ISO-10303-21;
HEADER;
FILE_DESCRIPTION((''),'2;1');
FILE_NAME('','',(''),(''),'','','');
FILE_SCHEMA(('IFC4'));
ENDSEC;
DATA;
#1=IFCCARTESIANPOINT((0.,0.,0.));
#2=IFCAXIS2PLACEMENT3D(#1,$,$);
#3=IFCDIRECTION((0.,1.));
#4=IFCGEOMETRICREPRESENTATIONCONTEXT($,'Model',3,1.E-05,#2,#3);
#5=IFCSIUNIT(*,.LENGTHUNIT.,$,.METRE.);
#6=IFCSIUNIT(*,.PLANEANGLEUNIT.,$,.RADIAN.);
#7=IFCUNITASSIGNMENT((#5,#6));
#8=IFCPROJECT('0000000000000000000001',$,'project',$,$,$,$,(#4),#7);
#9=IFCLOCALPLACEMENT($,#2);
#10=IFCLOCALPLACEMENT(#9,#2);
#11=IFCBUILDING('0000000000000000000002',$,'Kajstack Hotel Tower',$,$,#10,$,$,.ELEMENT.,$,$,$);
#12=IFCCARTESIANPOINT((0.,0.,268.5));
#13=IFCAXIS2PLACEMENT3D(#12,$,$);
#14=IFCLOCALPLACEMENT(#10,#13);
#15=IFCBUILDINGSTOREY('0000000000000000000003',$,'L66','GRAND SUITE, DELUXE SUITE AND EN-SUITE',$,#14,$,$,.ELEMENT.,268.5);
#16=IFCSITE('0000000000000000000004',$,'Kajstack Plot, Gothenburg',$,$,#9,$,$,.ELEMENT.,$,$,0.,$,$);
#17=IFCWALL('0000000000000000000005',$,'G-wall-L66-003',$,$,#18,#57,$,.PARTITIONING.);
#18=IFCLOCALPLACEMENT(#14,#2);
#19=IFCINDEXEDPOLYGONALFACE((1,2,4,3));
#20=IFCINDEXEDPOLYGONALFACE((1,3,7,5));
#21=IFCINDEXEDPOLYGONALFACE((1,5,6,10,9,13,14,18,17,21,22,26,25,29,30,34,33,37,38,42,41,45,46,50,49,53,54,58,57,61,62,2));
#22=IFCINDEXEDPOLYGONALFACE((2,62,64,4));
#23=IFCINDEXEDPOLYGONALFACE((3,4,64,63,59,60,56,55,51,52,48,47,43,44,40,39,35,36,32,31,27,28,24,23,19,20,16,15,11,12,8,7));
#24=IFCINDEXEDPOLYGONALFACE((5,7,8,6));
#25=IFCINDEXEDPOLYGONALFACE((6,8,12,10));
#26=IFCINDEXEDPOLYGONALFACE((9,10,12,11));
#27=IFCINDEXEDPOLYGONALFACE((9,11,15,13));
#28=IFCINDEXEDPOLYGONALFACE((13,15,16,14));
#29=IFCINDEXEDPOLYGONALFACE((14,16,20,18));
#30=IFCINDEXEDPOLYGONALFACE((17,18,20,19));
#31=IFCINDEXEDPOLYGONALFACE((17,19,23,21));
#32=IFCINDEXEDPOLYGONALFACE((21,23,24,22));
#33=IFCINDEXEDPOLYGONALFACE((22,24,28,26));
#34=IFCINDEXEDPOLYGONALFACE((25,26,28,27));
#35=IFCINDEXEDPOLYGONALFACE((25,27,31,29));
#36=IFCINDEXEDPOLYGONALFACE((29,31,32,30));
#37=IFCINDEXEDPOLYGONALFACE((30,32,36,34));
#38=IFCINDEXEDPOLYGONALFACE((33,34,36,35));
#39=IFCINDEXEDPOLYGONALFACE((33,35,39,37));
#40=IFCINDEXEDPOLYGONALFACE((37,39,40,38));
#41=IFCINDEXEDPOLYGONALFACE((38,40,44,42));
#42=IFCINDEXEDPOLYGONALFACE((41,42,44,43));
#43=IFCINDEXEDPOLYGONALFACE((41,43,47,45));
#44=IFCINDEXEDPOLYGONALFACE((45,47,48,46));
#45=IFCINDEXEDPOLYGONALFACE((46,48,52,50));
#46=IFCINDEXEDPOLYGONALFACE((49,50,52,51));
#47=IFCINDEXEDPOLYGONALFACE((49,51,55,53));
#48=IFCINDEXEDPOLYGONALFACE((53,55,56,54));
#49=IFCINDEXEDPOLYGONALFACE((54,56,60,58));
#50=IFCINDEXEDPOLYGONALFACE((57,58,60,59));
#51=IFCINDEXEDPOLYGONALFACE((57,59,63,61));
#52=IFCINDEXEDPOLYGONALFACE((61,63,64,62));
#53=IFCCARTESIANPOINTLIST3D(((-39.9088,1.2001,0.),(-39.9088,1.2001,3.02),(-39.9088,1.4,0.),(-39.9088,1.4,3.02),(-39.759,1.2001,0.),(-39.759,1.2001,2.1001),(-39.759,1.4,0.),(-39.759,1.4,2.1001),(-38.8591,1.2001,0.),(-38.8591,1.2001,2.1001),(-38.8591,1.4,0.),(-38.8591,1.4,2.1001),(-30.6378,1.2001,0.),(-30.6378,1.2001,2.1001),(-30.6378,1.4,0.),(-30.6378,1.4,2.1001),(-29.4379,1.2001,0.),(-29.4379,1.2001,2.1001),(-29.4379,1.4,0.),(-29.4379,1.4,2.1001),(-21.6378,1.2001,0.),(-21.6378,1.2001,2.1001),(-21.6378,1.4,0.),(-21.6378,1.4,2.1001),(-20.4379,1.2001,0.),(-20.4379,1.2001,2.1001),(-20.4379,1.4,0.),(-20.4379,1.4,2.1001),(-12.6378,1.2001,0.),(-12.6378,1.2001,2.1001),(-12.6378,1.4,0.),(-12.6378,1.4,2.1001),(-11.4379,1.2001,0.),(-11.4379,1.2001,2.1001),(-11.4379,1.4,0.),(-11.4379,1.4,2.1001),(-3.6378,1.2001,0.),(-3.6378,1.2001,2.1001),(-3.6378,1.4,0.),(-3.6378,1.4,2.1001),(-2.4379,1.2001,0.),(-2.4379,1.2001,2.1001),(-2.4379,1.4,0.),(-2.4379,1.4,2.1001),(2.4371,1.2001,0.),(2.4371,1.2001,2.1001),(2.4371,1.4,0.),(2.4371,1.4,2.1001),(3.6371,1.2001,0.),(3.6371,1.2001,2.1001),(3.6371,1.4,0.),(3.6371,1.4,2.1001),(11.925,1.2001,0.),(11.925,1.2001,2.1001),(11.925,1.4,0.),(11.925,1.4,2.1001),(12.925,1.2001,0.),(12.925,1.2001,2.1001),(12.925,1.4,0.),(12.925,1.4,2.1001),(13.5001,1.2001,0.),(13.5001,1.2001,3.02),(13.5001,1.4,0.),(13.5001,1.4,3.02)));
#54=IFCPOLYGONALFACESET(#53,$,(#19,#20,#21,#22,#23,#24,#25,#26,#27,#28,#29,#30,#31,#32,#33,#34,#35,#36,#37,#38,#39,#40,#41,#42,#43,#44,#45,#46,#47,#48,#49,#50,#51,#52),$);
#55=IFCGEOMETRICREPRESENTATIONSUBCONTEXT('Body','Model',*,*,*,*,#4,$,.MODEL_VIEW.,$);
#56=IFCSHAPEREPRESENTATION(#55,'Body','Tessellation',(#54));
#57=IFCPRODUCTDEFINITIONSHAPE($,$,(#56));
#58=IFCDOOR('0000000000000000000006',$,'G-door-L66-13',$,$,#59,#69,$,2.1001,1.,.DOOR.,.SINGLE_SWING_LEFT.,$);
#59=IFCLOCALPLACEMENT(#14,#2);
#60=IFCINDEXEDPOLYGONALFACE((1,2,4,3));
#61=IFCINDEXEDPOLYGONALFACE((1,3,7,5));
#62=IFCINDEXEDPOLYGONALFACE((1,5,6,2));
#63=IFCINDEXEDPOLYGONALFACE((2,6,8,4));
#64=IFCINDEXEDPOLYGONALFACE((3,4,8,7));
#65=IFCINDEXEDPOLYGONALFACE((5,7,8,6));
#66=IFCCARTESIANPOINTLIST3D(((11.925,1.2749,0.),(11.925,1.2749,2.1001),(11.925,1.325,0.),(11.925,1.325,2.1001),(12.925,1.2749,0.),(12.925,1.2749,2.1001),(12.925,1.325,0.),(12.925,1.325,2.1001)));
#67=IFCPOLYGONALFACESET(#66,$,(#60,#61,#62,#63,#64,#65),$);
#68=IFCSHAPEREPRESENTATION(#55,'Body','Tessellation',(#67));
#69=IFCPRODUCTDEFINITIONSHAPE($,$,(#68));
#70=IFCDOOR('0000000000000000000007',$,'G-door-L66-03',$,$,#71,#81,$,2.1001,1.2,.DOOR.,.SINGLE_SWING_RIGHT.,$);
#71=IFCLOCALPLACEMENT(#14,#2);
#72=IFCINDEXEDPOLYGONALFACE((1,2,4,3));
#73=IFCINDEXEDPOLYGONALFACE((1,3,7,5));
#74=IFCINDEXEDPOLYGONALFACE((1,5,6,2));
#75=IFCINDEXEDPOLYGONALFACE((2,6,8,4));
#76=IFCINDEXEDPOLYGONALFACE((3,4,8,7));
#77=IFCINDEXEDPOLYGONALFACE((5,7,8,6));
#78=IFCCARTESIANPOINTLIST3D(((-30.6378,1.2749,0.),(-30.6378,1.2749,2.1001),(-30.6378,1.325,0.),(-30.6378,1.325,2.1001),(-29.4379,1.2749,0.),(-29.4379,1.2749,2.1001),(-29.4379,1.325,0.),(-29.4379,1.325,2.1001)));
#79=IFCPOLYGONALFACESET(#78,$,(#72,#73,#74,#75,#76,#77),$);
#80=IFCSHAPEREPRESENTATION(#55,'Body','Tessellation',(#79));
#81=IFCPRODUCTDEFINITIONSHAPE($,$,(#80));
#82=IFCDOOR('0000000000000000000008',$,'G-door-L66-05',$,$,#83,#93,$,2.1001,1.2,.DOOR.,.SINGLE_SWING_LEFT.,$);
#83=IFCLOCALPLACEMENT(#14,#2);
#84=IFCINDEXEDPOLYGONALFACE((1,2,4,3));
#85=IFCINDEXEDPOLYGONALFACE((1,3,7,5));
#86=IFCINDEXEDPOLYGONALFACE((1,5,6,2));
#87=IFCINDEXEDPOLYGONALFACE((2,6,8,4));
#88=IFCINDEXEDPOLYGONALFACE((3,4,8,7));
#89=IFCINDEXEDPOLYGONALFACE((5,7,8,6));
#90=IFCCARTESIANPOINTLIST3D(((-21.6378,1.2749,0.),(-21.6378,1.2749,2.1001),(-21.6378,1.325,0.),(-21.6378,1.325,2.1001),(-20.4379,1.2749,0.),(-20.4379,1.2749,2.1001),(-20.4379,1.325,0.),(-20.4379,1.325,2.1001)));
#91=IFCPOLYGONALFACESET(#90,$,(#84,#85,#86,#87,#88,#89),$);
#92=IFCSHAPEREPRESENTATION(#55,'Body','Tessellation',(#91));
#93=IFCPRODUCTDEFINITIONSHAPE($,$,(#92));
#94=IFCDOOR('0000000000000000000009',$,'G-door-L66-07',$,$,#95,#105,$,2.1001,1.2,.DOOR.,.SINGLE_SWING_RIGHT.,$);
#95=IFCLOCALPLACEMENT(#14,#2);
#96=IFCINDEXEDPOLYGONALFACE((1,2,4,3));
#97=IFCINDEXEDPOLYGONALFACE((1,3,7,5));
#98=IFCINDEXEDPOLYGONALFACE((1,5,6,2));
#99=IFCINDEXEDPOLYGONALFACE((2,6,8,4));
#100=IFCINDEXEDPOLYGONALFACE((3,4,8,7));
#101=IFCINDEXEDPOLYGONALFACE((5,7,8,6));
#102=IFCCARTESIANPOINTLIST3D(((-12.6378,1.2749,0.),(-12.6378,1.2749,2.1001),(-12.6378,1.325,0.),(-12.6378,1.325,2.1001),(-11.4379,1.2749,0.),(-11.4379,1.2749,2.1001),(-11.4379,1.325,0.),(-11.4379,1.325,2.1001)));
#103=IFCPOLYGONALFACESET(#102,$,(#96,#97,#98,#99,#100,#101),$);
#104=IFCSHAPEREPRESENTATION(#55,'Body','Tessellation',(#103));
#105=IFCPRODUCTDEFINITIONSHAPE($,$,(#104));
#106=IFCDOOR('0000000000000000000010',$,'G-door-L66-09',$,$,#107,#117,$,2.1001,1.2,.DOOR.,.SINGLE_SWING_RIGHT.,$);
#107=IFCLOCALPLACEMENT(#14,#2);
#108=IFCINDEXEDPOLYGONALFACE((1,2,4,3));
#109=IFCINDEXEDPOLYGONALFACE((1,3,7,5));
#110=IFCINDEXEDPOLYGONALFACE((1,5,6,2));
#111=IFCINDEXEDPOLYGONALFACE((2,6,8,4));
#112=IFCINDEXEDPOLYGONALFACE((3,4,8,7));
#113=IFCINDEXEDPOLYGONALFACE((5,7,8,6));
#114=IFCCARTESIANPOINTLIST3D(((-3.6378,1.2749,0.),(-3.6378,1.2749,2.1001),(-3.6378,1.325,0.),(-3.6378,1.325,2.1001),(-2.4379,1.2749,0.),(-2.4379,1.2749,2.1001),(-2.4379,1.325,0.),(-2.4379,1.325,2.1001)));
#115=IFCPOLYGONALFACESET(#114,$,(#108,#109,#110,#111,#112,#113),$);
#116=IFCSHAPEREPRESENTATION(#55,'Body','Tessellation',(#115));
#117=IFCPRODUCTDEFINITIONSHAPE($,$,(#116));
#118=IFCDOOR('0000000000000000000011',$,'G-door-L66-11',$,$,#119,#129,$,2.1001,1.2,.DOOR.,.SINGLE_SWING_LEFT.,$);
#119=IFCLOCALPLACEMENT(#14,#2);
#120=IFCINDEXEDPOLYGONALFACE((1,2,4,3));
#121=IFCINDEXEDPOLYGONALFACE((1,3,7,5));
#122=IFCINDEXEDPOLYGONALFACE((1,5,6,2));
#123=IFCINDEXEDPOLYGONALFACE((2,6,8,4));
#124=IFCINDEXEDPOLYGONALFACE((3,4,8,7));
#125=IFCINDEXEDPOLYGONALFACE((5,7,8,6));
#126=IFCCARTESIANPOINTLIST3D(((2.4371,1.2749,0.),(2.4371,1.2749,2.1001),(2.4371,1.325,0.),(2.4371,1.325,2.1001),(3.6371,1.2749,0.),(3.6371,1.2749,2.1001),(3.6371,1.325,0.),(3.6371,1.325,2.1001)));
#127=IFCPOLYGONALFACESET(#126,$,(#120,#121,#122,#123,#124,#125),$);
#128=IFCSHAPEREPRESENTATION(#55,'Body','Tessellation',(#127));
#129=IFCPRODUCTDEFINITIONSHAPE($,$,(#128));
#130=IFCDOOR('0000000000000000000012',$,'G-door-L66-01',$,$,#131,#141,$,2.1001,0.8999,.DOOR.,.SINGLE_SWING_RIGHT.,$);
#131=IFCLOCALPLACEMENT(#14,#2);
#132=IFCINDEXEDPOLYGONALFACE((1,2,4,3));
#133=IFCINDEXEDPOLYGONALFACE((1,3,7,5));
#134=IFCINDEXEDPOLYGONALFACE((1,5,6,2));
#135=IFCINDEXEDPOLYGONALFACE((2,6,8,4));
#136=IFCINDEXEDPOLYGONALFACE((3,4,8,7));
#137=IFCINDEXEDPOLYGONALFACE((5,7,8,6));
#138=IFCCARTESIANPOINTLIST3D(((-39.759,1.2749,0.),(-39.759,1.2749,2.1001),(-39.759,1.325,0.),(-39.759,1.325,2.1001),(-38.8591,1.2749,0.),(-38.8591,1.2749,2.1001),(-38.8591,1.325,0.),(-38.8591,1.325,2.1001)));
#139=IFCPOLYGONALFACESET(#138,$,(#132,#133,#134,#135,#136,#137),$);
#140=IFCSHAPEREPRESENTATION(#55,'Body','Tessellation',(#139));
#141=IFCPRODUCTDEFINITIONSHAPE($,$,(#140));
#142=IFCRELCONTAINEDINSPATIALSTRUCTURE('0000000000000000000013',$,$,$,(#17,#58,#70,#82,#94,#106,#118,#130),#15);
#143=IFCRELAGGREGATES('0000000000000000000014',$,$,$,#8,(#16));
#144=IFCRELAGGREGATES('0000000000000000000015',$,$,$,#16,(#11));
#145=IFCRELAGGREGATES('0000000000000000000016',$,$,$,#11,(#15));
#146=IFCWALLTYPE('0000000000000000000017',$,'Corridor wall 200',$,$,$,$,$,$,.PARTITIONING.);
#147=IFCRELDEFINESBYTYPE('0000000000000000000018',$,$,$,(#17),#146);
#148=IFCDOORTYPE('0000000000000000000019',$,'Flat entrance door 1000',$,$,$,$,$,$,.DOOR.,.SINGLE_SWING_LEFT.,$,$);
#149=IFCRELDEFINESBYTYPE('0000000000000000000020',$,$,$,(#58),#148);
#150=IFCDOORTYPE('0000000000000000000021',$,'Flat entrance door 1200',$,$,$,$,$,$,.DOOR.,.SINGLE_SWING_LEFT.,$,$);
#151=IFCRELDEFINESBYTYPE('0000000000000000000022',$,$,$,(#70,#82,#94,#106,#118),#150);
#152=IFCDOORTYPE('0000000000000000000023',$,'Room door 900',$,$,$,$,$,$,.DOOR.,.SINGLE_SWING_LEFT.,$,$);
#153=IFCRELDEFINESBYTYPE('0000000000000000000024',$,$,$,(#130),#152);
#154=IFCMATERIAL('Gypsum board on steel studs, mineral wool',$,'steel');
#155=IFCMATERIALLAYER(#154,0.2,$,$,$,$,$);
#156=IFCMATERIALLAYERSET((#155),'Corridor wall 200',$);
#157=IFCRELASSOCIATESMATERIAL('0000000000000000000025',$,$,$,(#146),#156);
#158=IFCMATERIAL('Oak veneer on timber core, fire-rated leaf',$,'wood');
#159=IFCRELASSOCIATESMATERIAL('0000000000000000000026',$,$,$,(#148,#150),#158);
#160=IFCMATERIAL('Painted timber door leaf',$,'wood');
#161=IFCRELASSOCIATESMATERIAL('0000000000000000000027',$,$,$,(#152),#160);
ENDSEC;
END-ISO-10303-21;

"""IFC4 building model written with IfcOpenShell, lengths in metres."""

from ifc_helpers import new_model, si_unit, direction, frame, frame_2d, origin, place, context, subcontext, project, spatial, rectangle, extrude, material, layer, layer_set, type_object, element, fill, save


model = new_model("IFC4")

# Units and contexts
model_context = context("Model", 3, precision=1e-05, world=origin(), true_north=direction((0.0, 1.0)))
body_context = subcontext(model_context, "Body", "Model", "MODEL_VIEW")
ifc_project = project(units=[si_unit("LENGTHUNIT", "METRE"), si_unit("PLANEANGLEUNIT", "RADIAN")], contexts=[model_context])

# Site, building, storey
site_placement = place(None, origin())
site = spatial("IfcSite", under=ifc_project, at=site_placement, Name="Kajstack Plot, Gothenburg", CompositionType="ELEMENT", RefElevation=0.0)
building_placement = place(site_placement, origin())
building = spatial("IfcBuilding", under=site, at=building_placement, Name="Kajstack Hotel Tower", CompositionType="ELEMENT")
storey_placement = place(building_placement, frame((0.0, 0.0, 268.5)))
storey = spatial("IfcBuildingStorey", under=building, at=storey_placement, Name="L66", Description="GRAND SUITE, DELUXE SUITE AND EN-SUITE", CompositionType="ELEMENT", Elevation=268.5)

# Wall, openings, doors
ifc_material_1 = material(Name="Gypsum board on steel studs, mineral wool", Category="steel")
ifc_layer_1 = layer(ifc_material_1, 0.2)
ifc_layer_set_1 = layer_set([ifc_layer_1], Name="Corridor wall 200")
wall_type_1 = type_object("IfcWallType", Name="Corridor wall 200", PredefinedType="PARTITIONING", material=ifc_layer_set_1)
wall_1_placement = place(storey_placement, frame((-39.9089, 1.3, 0.0), z_axis=(0.0, 0.0, 1.0), x_axis=(1.0, 0.0, 0.0)))
wall_1 = element("IfcWall", 1, at=wall_1_placement, inside=storey, type_object=wall_type_1, Name="G-wall-L66-003", PredefinedType="PARTITIONING", context=body_context, shape_type="SweptSolid", body=[
    extrude(rectangle(XDim=53.4089, YDim=0.2, at=frame_2d((26.7046, 0.0))), origin(), (0.0, 0.0, 1.0), 3.02),
])
opening_1_placement = place(wall_1_placement, frame((0.1499, 0.0, 0.0)))
opening_1 = element("IfcOpeningElement", 2, at=opening_1_placement, cuts=wall_1, PredefinedType="OPENING", context=body_context, shape_type="SweptSolid", body=[
    extrude(rectangle(XDim=0.8999, YDim=2.1001, at=frame_2d((0.45, 1.05))), frame((0.0, 0.1099, 0.0), z_axis=(0.0, -1.0, 0.0), x_axis=(1.0, 0.0, 0.0)), (0.0, 0.0, 1.0), 0.22),
])
opening_2_placement = place(wall_1_placement, frame((9.271, 0.0, 0.0)))
opening_2 = element("IfcOpeningElement", 3, at=opening_2_placement, cuts=wall_1, PredefinedType="OPENING", context=body_context, shape_type="SweptSolid", body=[
    extrude(rectangle(XDim=1.2, YDim=2.1001, at=frame_2d((0.6001, 1.05))), frame((0.0, 0.1099, 0.0), z_axis=(0.0, -1.0, 0.0), x_axis=(1.0, 0.0, 0.0)), (0.0, 0.0, 1.0), 0.22),
])
opening_3_placement = place(wall_1_placement, frame((18.271, 0.0, 0.0)))
opening_3 = element("IfcOpeningElement", 4, at=opening_3_placement, cuts=wall_1, PredefinedType="OPENING", context=body_context, shape_type="SweptSolid", body=[
    extrude(rectangle(XDim=1.2, YDim=2.1001, at=frame_2d((0.6001, 1.05))), frame((0.0, 0.1099, 0.0), z_axis=(0.0, -1.0, 0.0), x_axis=(1.0, 0.0, 0.0)), (0.0, 0.0, 1.0), 0.22),
])
opening_4_placement = place(wall_1_placement, frame((27.271, 0.0, 0.0)))
opening_4 = element("IfcOpeningElement", 5, at=opening_4_placement, cuts=wall_1, PredefinedType="OPENING", context=body_context, shape_type="SweptSolid", body=[
    extrude(rectangle(XDim=1.2, YDim=2.1001, at=frame_2d((0.6001, 1.05))), frame((0.0, 0.1099, 0.0), z_axis=(0.0, -1.0, 0.0), x_axis=(1.0, 0.0, 0.0)), (0.0, 0.0, 1.0), 0.22),
])
opening_5_placement = place(wall_1_placement, frame((36.271, 0.0, 0.0)))
opening_5 = element("IfcOpeningElement", 6, at=opening_5_placement, cuts=wall_1, PredefinedType="OPENING", context=body_context, shape_type="SweptSolid", body=[
    extrude(rectangle(XDim=1.2, YDim=2.1001, at=frame_2d((0.6001, 1.05))), frame((0.0, 0.1099, 0.0), z_axis=(0.0, -1.0, 0.0), x_axis=(1.0, 0.0, 0.0)), (0.0, 0.0, 1.0), 0.22),
])
opening_6_placement = place(wall_1_placement, frame((42.3459, 0.0, 0.0)))
opening_6 = element("IfcOpeningElement", 7, at=opening_6_placement, cuts=wall_1, PredefinedType="OPENING", context=body_context, shape_type="SweptSolid", body=[
    extrude(rectangle(XDim=1.2, YDim=2.1001, at=frame_2d((0.6001, 1.05))), frame((0.0, 0.1099, 0.0), z_axis=(0.0, -1.0, 0.0), x_axis=(1.0, 0.0, 0.0)), (0.0, 0.0, 1.0), 0.22),
])
opening_7_placement = place(wall_1_placement, frame((51.834, 0.0, 0.0)))
opening_7 = element("IfcOpeningElement", 8, at=opening_7_placement, cuts=wall_1, PredefinedType="OPENING", context=body_context, shape_type="SweptSolid", body=[
    extrude(rectangle(XDim=1.0, YDim=2.1001, at=frame_2d((0.5, 1.05))), frame((0.0, 0.1099, 0.0), z_axis=(0.0, -1.0, 0.0), x_axis=(1.0, 0.0, 0.0)), (0.0, 0.0, 1.0), 0.22),
])
ifc_material_2 = material(Name="Oak veneer on timber core, fire-rated leaf", Category="wood")
door_type_1 = type_object("IfcDoorType", Name="Flat entrance door 1000", OperationType="SINGLE_SWING_LEFT", PredefinedType="DOOR", material=ifc_material_2)
door_1_placement = place(opening_7_placement, origin())
door_1 = element("IfcDoor", 9, at=door_1_placement, inside=storey, type_object=door_type_1, Name="G-door-L66-13", OperationType="SINGLE_SWING_LEFT", OverallHeight=2.1001, OverallWidth=1.0, PredefinedType="DOOR", context=body_context, shape_type="SweptSolid", body=[
    extrude(rectangle(XDim=1.0, YDim=2.1001, at=frame_2d((0.5, 1.05))), frame((0.0, 0.0249, 0.0), z_axis=(0.0, -1.0, 0.0), x_axis=(1.0, 0.0, 0.0)), (0.0, 0.0, 1.0), 0.05),
])
fill(opening_7, door_1)
door_type_2 = type_object("IfcDoorType", Name="Flat entrance door 1200", OperationType="SINGLE_SWING_LEFT", PredefinedType="DOOR", material=ifc_material_2)
door_2_placement = place(opening_2_placement, origin())
door_2 = element("IfcDoor", 10, at=door_2_placement, inside=storey, type_object=door_type_2, Name="G-door-L66-03", OperationType="SINGLE_SWING_RIGHT", OverallHeight=2.1001, OverallWidth=1.2, PredefinedType="DOOR", context=body_context, shape_type="SweptSolid", body=[
    extrude(rectangle(XDim=1.2, YDim=2.1001, at=frame_2d((0.6001, 1.05))), frame((0.0, 0.0249, 0.0), z_axis=(0.0, -1.0, 0.0), x_axis=(1.0, 0.0, 0.0)), (0.0, 0.0, 1.0), 0.05),
])
fill(opening_2, door_2)
door_3_placement = place(opening_3_placement, origin())
door_3 = element("IfcDoor", 11, at=door_3_placement, inside=storey, type_object=door_type_2, Name="G-door-L66-05", OperationType="SINGLE_SWING_LEFT", OverallHeight=2.1001, OverallWidth=1.2, PredefinedType="DOOR", context=body_context, shape_type="SweptSolid", body=[
    extrude(rectangle(XDim=1.2, YDim=2.1001, at=frame_2d((0.6001, 1.05))), frame((0.0, 0.0249, 0.0), z_axis=(0.0, -1.0, 0.0), x_axis=(1.0, 0.0, 0.0)), (0.0, 0.0, 1.0), 0.05),
])
fill(opening_3, door_3)
door_4_placement = place(opening_4_placement, origin())
door_4 = element("IfcDoor", 12, at=door_4_placement, inside=storey, type_object=door_type_2, Name="G-door-L66-07", OperationType="SINGLE_SWING_RIGHT", OverallHeight=2.1001, OverallWidth=1.2, PredefinedType="DOOR", context=body_context, shape_type="SweptSolid", body=[
    extrude(rectangle(XDim=1.2, YDim=2.1001, at=frame_2d((0.6001, 1.05))), frame((0.0, 0.0249, 0.0), z_axis=(0.0, -1.0, 0.0), x_axis=(1.0, 0.0, 0.0)), (0.0, 0.0, 1.0), 0.05),
])
fill(opening_4, door_4)
door_5_placement = place(opening_5_placement, origin())
door_5 = element("IfcDoor", 13, at=door_5_placement, inside=storey, type_object=door_type_2, Name="G-door-L66-09", OperationType="SINGLE_SWING_RIGHT", OverallHeight=2.1001, OverallWidth=1.2, PredefinedType="DOOR", context=body_context, shape_type="SweptSolid", body=[
    extrude(rectangle(XDim=1.2, YDim=2.1001, at=frame_2d((0.6001, 1.05))), frame((0.0, 0.0249, 0.0), z_axis=(0.0, -1.0, 0.0), x_axis=(1.0, 0.0, 0.0)), (0.0, 0.0, 1.0), 0.05),
])
fill(opening_5, door_5)
door_6_placement = place(opening_6_placement, origin())
door_6 = element("IfcDoor", 14, at=door_6_placement, inside=storey, type_object=door_type_2, Name="G-door-L66-11", OperationType="SINGLE_SWING_LEFT", OverallHeight=2.1001, OverallWidth=1.2, PredefinedType="DOOR", context=body_context, shape_type="SweptSolid", body=[
    extrude(rectangle(XDim=1.2, YDim=2.1001, at=frame_2d((0.6001, 1.05))), frame((0.0, 0.0249, 0.0), z_axis=(0.0, -1.0, 0.0), x_axis=(1.0, 0.0, 0.0)), (0.0, 0.0, 1.0), 0.05),
])
fill(opening_6, door_6)
ifc_material_3 = material(Name="Painted timber door leaf", Category="wood")
door_type_3 = type_object("IfcDoorType", Name="Room door 900", OperationType="SINGLE_SWING_LEFT", PredefinedType="DOOR", material=ifc_material_3)
door_7_placement = place(opening_1_placement, origin())
door_7 = element("IfcDoor", 15, at=door_7_placement, inside=storey, type_object=door_type_3, Name="G-door-L66-01", OperationType="SINGLE_SWING_RIGHT", OverallHeight=2.1001, OverallWidth=0.8999, PredefinedType="DOOR", context=body_context, shape_type="SweptSolid", body=[
    extrude(rectangle(XDim=0.8999, YDim=2.1001, at=frame_2d((0.45, 1.05))), frame((0.0, 0.0249, 0.0), z_axis=(0.0, -1.0, 0.0), x_axis=(1.0, 0.0, 0.0)), (0.0, 0.0, 1.0), 0.05),
])
fill(opening_1, door_7)

save(model, "model.ifc")
